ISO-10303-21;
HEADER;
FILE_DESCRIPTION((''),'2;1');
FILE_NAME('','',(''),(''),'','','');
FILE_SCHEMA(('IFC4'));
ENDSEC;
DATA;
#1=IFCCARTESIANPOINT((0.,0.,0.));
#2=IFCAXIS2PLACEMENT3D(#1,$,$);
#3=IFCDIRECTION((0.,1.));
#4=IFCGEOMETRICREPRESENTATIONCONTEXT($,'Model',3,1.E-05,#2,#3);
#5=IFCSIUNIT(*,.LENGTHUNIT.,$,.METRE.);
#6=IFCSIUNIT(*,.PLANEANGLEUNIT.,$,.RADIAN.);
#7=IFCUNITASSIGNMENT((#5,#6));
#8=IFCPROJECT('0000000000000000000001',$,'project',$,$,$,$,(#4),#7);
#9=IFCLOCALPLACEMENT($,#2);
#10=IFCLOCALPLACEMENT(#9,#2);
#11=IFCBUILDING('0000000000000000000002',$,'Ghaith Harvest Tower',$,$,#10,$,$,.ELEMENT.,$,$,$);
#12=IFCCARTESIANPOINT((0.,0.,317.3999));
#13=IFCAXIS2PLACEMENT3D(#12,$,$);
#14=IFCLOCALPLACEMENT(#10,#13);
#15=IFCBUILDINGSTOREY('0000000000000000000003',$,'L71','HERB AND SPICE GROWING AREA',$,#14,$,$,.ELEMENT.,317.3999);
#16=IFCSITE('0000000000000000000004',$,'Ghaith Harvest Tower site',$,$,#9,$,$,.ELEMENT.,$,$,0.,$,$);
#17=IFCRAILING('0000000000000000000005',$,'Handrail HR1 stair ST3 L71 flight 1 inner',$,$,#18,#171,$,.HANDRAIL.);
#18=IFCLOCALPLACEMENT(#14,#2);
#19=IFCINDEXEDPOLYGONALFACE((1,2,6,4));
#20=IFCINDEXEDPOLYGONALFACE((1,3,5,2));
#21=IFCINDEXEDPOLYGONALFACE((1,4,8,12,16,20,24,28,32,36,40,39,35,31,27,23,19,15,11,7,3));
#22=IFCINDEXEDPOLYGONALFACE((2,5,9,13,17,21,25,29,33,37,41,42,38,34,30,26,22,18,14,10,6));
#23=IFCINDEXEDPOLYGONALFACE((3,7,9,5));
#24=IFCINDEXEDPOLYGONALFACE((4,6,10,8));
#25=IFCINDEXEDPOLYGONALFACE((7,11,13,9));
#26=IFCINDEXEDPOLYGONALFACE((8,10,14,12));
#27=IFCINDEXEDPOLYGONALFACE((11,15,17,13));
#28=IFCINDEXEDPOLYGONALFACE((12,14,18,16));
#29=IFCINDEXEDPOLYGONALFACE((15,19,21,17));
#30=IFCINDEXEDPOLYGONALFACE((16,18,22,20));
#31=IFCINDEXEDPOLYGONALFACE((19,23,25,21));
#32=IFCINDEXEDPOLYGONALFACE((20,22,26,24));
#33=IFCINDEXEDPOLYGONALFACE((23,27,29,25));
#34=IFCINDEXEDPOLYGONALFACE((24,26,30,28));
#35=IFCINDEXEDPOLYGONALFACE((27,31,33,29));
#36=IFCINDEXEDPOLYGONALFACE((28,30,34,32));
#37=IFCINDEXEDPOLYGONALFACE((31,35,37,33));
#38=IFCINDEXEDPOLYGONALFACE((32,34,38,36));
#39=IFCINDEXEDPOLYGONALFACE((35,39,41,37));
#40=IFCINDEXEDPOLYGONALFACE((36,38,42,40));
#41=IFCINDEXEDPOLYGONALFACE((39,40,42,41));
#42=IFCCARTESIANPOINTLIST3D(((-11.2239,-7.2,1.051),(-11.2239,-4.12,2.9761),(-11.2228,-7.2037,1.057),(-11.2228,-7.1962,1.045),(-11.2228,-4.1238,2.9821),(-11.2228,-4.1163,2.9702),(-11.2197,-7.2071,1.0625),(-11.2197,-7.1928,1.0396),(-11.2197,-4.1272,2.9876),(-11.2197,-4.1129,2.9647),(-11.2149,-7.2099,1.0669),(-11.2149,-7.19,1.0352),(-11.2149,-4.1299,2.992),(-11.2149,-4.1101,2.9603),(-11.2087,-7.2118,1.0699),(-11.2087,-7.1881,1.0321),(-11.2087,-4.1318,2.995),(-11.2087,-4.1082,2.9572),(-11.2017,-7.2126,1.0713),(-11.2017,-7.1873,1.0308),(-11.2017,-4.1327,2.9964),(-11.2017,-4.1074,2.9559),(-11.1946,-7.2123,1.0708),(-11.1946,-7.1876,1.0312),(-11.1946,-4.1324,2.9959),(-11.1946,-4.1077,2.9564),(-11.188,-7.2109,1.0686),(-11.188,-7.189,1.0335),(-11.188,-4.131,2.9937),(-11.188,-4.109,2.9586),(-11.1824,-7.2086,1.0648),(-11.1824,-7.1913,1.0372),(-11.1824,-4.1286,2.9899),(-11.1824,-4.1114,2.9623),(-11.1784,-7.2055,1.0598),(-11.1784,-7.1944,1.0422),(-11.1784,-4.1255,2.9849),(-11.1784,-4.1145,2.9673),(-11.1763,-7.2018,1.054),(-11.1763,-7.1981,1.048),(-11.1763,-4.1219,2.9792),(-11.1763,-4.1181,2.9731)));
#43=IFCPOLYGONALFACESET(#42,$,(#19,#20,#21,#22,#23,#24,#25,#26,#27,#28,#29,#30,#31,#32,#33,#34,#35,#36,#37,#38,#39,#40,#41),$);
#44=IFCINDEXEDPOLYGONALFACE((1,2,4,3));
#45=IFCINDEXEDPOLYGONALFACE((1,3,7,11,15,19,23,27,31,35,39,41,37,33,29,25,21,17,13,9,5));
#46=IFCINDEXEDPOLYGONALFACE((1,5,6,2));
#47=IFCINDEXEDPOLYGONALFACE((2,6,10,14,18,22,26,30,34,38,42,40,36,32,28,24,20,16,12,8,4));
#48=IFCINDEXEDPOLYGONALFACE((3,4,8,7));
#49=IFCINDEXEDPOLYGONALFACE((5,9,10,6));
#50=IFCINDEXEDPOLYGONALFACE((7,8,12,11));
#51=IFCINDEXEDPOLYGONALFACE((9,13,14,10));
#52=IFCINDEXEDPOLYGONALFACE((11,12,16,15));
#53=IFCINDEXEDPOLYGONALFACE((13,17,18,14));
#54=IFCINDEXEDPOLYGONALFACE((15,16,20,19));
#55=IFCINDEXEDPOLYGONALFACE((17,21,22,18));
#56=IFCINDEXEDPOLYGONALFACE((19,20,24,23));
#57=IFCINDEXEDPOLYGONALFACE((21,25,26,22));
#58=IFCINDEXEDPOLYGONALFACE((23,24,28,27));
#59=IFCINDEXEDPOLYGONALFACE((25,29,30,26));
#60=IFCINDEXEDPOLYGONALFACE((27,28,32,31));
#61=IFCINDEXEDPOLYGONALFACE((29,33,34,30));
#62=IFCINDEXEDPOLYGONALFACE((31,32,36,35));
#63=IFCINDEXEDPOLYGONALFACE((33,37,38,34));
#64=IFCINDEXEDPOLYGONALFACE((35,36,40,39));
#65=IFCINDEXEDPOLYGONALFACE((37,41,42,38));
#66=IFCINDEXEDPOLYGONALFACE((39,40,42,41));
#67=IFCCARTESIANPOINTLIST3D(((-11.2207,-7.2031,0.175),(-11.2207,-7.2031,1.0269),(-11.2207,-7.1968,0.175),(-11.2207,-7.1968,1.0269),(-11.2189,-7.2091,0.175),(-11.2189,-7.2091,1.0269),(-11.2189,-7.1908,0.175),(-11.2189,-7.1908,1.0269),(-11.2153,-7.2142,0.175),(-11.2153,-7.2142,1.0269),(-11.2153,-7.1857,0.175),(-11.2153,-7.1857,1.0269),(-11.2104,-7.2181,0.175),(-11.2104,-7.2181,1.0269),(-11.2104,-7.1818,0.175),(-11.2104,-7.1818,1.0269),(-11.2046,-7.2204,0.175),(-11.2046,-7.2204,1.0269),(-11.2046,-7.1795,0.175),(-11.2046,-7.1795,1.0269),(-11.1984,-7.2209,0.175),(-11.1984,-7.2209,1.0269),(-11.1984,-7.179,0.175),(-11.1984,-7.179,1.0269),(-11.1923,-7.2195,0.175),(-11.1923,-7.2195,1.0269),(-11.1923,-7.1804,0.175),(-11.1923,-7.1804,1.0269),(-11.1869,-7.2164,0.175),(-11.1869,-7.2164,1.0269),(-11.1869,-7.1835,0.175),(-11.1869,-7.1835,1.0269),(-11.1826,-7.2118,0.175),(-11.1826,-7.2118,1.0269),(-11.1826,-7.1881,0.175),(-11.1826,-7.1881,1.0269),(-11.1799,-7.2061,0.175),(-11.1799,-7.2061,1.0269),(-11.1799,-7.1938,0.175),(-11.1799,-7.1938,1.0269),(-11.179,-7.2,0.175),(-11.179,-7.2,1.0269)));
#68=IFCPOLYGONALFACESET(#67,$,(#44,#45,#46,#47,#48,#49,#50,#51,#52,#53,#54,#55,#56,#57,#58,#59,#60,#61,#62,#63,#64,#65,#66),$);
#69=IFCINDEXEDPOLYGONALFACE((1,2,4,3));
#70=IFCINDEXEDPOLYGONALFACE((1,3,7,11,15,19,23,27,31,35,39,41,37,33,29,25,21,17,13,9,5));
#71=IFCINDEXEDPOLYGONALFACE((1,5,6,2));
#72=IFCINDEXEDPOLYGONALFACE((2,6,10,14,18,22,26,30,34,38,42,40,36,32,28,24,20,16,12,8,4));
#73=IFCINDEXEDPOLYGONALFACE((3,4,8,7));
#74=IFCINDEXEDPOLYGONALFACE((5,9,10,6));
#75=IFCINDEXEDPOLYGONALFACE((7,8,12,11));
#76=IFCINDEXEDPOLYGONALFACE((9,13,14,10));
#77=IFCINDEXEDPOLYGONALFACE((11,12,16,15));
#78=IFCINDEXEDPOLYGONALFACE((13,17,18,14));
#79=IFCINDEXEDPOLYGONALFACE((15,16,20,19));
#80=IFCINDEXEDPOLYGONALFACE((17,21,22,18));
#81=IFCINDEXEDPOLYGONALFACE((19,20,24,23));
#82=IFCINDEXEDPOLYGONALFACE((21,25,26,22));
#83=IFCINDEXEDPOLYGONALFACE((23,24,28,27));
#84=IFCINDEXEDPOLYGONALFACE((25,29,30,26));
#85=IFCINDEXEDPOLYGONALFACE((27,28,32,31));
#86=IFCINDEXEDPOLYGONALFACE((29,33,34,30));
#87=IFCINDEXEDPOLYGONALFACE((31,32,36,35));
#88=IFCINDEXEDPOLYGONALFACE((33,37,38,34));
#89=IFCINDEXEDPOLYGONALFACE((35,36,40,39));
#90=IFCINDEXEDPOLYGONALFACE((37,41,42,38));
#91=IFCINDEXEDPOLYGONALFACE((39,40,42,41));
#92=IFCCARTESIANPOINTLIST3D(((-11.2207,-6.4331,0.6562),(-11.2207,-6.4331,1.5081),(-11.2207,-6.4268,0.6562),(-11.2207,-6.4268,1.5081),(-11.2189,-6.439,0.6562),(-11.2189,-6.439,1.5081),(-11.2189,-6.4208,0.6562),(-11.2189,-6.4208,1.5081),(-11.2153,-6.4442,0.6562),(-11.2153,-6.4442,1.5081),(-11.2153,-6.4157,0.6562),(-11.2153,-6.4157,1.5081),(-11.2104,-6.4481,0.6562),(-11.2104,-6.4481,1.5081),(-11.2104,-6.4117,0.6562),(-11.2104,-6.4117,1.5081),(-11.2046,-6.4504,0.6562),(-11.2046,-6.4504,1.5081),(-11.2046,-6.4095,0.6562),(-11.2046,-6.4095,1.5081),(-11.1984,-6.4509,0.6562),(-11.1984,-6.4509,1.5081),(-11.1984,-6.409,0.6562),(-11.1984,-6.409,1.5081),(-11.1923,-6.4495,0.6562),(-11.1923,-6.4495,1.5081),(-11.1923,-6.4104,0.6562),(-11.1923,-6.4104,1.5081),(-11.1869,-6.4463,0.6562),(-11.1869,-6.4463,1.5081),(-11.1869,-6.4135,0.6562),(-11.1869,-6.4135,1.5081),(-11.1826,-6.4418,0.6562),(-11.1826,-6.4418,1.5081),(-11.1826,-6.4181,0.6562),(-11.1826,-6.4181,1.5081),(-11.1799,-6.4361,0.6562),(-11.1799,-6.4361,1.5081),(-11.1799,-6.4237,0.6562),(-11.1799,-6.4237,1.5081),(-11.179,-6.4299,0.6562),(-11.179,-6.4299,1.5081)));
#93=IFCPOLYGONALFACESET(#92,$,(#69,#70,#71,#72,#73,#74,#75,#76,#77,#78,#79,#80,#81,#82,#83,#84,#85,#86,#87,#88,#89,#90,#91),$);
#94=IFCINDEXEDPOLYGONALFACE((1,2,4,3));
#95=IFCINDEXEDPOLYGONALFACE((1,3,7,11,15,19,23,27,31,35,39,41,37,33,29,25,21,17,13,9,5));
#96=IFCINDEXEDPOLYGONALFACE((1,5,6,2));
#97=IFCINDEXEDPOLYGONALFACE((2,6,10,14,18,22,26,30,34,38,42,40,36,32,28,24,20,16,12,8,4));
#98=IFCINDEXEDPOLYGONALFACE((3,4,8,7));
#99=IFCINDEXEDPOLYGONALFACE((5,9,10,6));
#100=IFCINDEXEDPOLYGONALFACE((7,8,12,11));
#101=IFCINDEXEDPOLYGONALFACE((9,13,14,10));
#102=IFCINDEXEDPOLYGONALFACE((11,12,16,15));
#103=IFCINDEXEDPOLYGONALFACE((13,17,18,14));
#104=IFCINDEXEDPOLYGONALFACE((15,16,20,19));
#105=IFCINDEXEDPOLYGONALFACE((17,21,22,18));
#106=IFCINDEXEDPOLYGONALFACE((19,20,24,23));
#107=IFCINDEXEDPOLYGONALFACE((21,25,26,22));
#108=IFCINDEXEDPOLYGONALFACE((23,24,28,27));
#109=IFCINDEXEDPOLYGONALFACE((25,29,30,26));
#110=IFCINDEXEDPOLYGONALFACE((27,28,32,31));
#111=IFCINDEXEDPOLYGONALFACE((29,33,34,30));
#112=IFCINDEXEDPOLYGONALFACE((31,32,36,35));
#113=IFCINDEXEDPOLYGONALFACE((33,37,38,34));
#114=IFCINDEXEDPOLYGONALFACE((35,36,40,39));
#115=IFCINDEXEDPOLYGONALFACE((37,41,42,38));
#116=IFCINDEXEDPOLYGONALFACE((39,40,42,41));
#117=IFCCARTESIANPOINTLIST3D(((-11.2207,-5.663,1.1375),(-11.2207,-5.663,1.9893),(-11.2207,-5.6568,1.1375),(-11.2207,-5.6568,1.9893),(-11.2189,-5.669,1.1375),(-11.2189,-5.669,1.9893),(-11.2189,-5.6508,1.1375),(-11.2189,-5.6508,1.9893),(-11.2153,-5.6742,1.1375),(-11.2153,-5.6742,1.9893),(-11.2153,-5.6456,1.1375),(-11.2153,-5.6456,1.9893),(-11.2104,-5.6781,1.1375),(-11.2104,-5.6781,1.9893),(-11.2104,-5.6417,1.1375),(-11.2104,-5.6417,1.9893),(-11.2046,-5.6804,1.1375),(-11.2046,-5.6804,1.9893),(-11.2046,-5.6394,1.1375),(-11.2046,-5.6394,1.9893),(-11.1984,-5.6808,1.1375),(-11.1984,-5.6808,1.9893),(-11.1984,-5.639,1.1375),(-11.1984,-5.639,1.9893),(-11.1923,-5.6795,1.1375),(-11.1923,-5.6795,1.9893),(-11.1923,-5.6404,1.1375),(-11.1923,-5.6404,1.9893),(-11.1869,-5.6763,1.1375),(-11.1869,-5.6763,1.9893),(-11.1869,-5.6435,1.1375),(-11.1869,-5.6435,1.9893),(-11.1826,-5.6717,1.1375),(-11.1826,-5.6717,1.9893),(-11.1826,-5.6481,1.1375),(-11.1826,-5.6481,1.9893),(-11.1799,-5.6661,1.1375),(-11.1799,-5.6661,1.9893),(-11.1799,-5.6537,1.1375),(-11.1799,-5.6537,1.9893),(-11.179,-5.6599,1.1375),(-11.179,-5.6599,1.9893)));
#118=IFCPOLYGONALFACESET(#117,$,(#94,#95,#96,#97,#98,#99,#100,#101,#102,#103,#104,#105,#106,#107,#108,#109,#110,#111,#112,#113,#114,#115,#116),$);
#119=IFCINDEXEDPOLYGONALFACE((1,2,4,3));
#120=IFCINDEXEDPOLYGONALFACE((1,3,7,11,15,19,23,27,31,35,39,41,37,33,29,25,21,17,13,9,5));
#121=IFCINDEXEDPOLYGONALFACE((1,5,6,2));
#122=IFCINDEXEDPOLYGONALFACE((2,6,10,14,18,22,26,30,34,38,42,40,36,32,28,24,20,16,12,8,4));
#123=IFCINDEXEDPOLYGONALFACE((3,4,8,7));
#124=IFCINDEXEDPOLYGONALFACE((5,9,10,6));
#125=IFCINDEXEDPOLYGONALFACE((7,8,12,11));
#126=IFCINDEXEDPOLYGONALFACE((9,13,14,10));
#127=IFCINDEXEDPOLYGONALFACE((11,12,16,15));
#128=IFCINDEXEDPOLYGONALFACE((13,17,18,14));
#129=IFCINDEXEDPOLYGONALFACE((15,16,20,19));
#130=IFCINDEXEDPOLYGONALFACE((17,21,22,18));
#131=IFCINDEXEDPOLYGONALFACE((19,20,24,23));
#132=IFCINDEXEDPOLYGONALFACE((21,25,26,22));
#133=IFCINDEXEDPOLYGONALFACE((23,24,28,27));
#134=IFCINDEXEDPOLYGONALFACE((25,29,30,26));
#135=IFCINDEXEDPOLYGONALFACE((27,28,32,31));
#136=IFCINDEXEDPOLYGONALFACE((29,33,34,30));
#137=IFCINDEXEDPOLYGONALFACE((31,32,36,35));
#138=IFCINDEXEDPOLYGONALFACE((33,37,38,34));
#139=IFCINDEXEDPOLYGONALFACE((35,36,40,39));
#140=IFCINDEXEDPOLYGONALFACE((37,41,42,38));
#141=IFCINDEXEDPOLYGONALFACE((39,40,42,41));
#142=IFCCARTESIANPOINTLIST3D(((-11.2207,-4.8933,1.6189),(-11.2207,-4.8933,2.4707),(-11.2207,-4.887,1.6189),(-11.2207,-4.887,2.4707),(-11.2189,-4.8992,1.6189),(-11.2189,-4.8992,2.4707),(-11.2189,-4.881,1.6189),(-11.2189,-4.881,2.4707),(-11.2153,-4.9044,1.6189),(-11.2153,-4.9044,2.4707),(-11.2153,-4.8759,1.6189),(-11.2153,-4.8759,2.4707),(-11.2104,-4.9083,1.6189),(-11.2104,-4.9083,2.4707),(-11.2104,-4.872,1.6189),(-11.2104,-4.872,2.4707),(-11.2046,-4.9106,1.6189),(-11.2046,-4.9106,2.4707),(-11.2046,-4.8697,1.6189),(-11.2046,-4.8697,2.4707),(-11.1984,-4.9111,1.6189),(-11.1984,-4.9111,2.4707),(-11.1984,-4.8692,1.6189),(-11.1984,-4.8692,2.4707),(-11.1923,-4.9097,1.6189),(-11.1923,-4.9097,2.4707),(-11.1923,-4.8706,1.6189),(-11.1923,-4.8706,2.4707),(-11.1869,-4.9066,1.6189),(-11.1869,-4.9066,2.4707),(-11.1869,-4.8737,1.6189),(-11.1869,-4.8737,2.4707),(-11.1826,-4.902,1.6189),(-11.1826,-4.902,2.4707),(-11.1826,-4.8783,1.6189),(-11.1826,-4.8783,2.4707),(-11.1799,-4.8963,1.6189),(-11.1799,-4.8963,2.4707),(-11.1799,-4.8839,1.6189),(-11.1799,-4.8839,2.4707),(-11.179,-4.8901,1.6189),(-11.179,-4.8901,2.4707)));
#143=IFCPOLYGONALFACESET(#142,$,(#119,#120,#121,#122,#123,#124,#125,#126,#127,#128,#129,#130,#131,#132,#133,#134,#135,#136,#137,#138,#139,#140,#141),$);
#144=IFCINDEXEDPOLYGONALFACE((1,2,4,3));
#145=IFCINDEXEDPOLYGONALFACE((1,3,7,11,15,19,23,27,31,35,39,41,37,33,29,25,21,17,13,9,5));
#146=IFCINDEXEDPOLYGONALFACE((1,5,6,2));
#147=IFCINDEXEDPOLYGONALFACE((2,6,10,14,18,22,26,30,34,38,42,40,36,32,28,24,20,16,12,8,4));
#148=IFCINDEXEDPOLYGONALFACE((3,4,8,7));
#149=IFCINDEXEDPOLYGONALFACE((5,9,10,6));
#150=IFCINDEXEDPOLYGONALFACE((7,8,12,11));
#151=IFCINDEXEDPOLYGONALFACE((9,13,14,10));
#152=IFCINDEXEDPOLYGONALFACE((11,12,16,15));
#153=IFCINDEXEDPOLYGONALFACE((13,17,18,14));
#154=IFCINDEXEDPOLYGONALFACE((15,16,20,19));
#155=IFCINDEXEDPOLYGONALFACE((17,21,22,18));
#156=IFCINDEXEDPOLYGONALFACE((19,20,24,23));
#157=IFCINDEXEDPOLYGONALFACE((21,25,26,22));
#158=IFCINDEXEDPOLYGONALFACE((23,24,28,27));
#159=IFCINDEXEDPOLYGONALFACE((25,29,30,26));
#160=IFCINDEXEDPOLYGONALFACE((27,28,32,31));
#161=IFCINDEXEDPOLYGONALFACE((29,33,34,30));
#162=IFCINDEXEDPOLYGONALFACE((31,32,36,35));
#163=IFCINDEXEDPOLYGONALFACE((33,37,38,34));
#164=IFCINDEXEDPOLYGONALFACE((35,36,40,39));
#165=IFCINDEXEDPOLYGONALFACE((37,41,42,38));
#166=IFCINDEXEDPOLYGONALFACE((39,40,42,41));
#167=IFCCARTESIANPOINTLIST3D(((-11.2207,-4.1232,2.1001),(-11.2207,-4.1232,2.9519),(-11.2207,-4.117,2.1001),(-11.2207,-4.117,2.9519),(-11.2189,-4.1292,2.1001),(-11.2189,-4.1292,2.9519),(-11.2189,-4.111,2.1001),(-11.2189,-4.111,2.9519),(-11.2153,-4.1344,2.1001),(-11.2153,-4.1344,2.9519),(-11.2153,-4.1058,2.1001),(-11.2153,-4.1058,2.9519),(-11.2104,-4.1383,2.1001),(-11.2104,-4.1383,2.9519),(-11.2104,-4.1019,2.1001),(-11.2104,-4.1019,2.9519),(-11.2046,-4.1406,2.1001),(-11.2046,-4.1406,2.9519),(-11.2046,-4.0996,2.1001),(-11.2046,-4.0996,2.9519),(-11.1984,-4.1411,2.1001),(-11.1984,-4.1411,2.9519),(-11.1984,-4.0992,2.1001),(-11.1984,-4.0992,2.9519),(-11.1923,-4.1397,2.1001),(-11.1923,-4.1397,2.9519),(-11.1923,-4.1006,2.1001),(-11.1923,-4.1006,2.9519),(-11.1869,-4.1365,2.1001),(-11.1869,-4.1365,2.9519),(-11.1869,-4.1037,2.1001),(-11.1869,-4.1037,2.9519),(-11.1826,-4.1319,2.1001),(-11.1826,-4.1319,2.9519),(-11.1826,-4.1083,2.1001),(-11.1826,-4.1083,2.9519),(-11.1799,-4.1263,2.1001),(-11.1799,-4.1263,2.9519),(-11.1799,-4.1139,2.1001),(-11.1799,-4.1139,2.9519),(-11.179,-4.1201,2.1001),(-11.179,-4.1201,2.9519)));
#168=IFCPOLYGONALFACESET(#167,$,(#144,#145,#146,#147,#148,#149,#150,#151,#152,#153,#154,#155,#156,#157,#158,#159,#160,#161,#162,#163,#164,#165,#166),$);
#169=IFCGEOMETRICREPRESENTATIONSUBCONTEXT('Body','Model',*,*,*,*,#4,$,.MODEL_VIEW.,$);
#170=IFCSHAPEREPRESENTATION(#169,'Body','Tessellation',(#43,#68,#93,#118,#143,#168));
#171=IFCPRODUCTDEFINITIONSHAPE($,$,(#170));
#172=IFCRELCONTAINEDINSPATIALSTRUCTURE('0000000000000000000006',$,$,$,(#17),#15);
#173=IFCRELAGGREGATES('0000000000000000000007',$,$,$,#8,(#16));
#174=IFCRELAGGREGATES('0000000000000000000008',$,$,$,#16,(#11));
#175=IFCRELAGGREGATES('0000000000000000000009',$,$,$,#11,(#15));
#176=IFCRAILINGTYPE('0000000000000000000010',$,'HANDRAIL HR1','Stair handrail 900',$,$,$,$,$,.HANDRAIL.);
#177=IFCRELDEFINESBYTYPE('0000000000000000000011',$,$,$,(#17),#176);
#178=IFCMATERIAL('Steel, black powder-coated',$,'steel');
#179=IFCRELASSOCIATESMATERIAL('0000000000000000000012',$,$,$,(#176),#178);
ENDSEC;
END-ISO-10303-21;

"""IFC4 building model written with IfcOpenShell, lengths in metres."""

from ifc_helpers import new_model, si_unit, direction, frame, origin, origin_2d, place, context, subcontext, project, spatial, circle, extrude, material, type_object, element, save


model = new_model("IFC4")

# Units and contexts
model_context = context("Model", 3, precision=1e-05, world=origin(), true_north=direction((0.0, 1.0)))
body_context = subcontext(model_context, "Body", "Model", "MODEL_VIEW")
ifc_project = project(units=[si_unit("LENGTHUNIT", "METRE"), si_unit("PLANEANGLEUNIT", "RADIAN")], contexts=[model_context])

# Site, building, storey
site_placement = place(None, origin())
site = spatial("IfcSite", under=ifc_project, at=site_placement, Name="Ghaith Harvest Tower site", CompositionType="ELEMENT", RefElevation=0.0)
building_placement = place(site_placement, origin())
building = spatial("IfcBuilding", under=site, at=building_placement, Name="Ghaith Harvest Tower", CompositionType="ELEMENT")
storey_placement = place(building_placement, frame((0.0, 0.0, 317.3999)))
storey = spatial("IfcBuildingStorey", under=building, at=storey_placement, Name="L71", Description="HERB AND SPICE GROWING AREA", CompositionType="ELEMENT", Elevation=317.3999)

# Railing
ifc_material_1 = material(Name="Steel, black powder-coated", Category="steel")
railing_type = type_object("IfcRailingType", Name="HANDRAIL HR1", Description="Stair handrail 900", PredefinedType="HANDRAIL", material=ifc_material_1)
railing_1_placement = place(storey_placement, frame((-11.2, -7.2, 0.175)))
element("IfcRailing", 1, at=railing_1_placement, inside=storey, type_object=railing_type, Name="Handrail HR1 stair ST3 L71 flight 1 inner", PredefinedType="HANDRAIL", context=body_context, shape_type="SweptSolid", body=[
    extrude(circle(Radius=0.0239, at=origin_2d()), frame((0.0, 0.0, 0.876), z_axis=(0.0, 0.847979, 0.530029), x_axis=(-1.0, 0.0, 0.0)), (0.0, 0.0, 1.0), 3.6321),
    extrude(circle(Radius=0.021, at=origin_2d()), origin(), (0.0, 0.0, 1.0), 0.8518),
    extrude(circle(Radius=0.021, at=origin_2d()), frame((0.0, 0.77, 0.4812)), (0.0, 0.0, 1.0), 0.8518),
    extrude(circle(Radius=0.021, at=origin_2d()), frame((0.0, 1.54, 0.9624)), (0.0, 0.0, 1.0), 0.8518),
    extrude(circle(Radius=0.021, at=origin_2d()), frame((0.0, 2.3098, 1.4438)), (0.0, 0.0, 1.0), 0.8518),
    extrude(circle(Radius=0.021, at=origin_2d()), frame((0.0, 3.0798, 1.925)), (0.0, 0.0, 1.0), 0.8518),
])

save(model, "model.ifc")
